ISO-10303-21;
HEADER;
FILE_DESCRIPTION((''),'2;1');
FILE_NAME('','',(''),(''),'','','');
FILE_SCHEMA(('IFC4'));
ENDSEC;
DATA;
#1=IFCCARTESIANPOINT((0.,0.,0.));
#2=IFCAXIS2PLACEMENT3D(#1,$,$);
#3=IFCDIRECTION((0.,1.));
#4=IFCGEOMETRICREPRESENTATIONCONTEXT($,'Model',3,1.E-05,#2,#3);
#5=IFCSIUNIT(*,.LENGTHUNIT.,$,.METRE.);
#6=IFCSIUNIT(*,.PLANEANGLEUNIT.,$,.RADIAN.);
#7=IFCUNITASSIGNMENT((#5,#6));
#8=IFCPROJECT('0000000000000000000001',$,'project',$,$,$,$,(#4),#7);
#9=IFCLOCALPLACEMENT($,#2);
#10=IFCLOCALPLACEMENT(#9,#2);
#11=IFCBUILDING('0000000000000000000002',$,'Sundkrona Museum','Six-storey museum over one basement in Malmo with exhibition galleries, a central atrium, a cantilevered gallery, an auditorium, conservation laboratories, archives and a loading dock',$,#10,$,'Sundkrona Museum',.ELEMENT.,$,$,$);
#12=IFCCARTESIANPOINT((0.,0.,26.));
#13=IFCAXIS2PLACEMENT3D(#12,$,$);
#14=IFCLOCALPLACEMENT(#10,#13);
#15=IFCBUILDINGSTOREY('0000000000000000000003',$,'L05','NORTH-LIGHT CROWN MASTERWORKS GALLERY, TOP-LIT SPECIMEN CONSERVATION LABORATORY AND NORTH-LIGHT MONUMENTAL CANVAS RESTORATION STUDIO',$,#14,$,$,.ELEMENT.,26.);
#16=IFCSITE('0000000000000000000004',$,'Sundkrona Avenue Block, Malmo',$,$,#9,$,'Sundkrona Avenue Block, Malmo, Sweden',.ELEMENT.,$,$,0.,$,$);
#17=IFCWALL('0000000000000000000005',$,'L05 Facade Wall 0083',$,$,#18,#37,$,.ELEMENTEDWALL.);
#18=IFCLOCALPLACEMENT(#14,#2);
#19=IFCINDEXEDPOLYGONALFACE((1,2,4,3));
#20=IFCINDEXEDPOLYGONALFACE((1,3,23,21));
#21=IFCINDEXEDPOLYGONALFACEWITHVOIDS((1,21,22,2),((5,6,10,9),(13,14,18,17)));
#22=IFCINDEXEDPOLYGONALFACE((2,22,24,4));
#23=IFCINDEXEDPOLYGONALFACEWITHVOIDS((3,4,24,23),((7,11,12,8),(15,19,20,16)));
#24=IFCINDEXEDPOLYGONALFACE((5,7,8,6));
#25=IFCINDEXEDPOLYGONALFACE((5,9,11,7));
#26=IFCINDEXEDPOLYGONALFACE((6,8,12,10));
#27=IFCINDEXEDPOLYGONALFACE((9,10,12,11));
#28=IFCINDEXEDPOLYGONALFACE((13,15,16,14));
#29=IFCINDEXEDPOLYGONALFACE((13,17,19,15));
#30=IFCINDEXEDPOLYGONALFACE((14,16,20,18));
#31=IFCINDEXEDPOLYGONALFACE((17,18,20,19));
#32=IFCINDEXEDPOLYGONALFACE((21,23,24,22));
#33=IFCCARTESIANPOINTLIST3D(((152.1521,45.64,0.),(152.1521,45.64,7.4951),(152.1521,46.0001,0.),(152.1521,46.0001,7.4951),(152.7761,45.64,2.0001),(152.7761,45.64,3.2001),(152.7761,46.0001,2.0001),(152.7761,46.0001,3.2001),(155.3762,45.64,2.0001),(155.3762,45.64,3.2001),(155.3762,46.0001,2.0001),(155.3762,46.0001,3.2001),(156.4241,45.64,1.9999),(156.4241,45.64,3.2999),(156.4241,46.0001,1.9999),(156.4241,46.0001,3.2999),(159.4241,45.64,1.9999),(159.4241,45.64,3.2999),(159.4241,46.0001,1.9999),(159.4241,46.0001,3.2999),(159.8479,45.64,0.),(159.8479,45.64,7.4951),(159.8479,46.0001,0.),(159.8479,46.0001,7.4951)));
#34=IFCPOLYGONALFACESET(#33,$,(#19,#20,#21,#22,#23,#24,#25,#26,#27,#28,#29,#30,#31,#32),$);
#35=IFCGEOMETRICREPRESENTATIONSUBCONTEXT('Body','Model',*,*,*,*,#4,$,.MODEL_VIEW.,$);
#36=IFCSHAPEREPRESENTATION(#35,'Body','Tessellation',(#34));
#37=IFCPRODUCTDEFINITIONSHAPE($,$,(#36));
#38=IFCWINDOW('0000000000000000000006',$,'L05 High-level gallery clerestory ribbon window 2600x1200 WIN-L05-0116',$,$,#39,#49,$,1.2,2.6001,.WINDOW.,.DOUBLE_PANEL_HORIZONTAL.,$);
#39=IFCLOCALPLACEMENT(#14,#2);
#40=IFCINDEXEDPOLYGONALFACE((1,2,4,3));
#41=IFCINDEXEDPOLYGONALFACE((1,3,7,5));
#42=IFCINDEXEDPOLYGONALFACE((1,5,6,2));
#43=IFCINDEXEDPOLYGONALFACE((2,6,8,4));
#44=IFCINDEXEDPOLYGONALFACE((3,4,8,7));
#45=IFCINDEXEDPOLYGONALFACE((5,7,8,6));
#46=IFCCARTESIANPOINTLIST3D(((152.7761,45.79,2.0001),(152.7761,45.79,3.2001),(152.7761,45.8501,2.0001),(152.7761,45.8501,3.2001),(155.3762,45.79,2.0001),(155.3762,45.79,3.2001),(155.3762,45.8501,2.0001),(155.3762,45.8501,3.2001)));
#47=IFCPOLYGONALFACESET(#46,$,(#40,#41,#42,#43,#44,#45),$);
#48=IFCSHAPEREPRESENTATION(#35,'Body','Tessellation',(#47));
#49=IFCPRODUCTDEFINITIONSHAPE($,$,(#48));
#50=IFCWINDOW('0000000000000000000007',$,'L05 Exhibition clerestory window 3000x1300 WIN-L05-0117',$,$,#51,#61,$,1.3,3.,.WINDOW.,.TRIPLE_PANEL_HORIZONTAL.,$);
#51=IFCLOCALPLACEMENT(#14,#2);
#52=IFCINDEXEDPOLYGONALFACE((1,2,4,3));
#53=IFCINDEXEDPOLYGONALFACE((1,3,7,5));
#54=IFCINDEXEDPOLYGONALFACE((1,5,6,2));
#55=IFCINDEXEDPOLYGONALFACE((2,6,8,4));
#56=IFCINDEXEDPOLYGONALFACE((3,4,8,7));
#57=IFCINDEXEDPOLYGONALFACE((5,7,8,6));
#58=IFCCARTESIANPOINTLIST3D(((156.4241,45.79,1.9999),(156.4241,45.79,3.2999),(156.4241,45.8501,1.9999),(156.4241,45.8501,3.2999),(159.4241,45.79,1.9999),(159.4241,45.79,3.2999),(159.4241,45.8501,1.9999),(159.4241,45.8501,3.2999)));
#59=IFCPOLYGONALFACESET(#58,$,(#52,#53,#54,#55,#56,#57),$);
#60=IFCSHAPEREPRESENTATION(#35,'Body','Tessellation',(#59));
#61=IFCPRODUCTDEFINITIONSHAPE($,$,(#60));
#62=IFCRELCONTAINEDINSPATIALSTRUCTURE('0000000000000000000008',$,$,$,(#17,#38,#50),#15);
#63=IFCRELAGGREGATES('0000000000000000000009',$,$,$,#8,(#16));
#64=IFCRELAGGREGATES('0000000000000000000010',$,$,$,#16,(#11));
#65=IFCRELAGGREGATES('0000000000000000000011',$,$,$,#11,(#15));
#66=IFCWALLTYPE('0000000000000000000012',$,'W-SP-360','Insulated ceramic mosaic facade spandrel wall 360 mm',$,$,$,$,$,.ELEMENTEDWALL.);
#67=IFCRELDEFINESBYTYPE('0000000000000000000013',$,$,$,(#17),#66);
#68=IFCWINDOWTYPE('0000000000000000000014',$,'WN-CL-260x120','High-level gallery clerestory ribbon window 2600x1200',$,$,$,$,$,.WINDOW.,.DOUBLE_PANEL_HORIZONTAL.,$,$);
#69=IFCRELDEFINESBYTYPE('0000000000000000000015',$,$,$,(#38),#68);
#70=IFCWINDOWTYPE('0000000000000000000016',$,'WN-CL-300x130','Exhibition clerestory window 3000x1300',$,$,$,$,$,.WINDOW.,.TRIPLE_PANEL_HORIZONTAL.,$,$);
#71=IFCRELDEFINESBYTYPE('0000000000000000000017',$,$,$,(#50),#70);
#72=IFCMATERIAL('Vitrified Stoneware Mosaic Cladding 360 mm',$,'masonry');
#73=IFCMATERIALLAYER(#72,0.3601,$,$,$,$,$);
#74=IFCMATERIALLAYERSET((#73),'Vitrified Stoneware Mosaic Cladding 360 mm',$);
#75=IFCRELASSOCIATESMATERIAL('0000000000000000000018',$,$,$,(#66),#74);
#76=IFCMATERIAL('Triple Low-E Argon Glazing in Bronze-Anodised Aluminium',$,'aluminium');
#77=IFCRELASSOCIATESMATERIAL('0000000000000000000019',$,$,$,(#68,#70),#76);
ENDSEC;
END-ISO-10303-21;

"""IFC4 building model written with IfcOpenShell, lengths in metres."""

from ifc_helpers import new_model, si_unit, direction, frame, frame_2d, origin, place, context, subcontext, project, spatial, rectangle, extrude, material, layer, layer_set, type_object, element, fill, save


model = new_model("IFC4")

# Units and contexts
model_context = context("Model", 3, precision=1e-05, world=origin(), true_north=direction((0.0, 1.0)))
body_context = subcontext(model_context, "Body", "Model", "MODEL_VIEW")
ifc_project = project(units=[si_unit("LENGTHUNIT", "METRE"), si_unit("PLANEANGLEUNIT", "RADIAN")], contexts=[model_context])

# Site, building, storey
site_placement = place(None, origin())
site = spatial("IfcSite", under=ifc_project, at=site_placement, Name="Sundkrona Avenue Block, Malmo", LongName="Sundkrona Avenue Block, Malmo, Sweden", CompositionType="ELEMENT", RefElevation=0.0)
building_placement = place(site_placement, origin())
building = spatial("IfcBuilding", under=site, at=building_placement, Name="Sundkrona Museum", Description="Six-storey museum over one basement in Malmo with exhibition galleries, a central atrium, a cantilevered gallery, an auditorium, conservation laboratories, archives and a loading dock", LongName="Sundkrona Museum", CompositionType="ELEMENT")
storey_placement = place(building_placement, frame((0.0, 0.0, 26.0)))
storey = spatial("IfcBuildingStorey", under=building, at=storey_placement, Name="L05", Description="NORTH-LIGHT CROWN MASTERWORKS GALLERY, TOP-LIT SPECIMEN CONSERVATION LABORATORY AND NORTH-LIGHT MONUMENTAL CANVAS RESTORATION STUDIO", CompositionType="ELEMENT", Elevation=26.0)

# Wall, openings, windows
ifc_material_1 = material(Name="Vitrified Stoneware Mosaic Cladding 360 mm", Category="masonry")
ifc_layer_1 = layer(ifc_material_1, 0.3601)
ifc_layer_set_1 = layer_set([ifc_layer_1], Name="Vitrified Stoneware Mosaic Cladding 360 mm")
wall_type_1 = type_object("IfcWallType", Name="W-SP-360", Description="Insulated ceramic mosaic facade spandrel wall 360 mm", PredefinedType="ELEMENTEDWALL", material=ifc_layer_set_1)
wall_1_placement = place(storey_placement, frame((152.1521, 45.8201, 0.0), z_axis=(0.0, 0.0, 1.0), x_axis=(1.0, 0.0, 0.0)))
wall_1 = element("IfcWall", 1, at=wall_1_placement, inside=storey, type_object=wall_type_1, Name="L05 Facade Wall 0083", PredefinedType="ELEMENTEDWALL", context=body_context, shape_type="SweptSolid", body=[
    extrude(rectangle(XDim=7.6958, YDim=0.3601, at=frame_2d((3.8479, 0.0))), origin(), (0.0, 0.0, 1.0), 7.4951),
])
opening_1_placement = place(wall_1_placement, frame((0.624, 0.0, 2.0)))
opening_1 = element("IfcOpeningElement", 2, at=opening_1_placement, cuts=wall_1, PredefinedType="OPENING", context=body_context, shape_type="SweptSolid", body=[
    extrude(rectangle(XDim=2.6001, YDim=1.2, at=frame_2d((1.3, 0.6001))), frame((0.0, 0.1899, 0.0), z_axis=(0.0, -1.0, 0.0), x_axis=(1.0, 0.0, 0.0)), (0.0, 0.0, 1.0), 0.3801),
])
opening_2_placement = place(wall_1_placement, frame((4.272, 0.0, 2.0)))
opening_2 = element("IfcOpeningElement", 3, at=opening_2_placement, cuts=wall_1, PredefinedType="OPENING", context=body_context, shape_type="SweptSolid", body=[
    extrude(rectangle(XDim=3.0, YDim=1.3, at=frame_2d((1.5, 0.6499))), frame((0.0, 0.1899, 0.0), z_axis=(0.0, -1.0, 0.0), x_axis=(1.0, 0.0, 0.0)), (0.0, 0.0, 1.0), 0.3801),
])
ifc_material_2 = material(Name="Triple Low-E Argon Glazing in Bronze-Anodised Aluminium", Category="aluminium")
window_type_1 = type_object("IfcWindowType", Name="WN-CL-260x120", Description="High-level gallery clerestory ribbon window 2600x1200", PartitioningType="DOUBLE_PANEL_HORIZONTAL", PredefinedType="WINDOW", material=ifc_material_2)
window_1_placement = place(opening_1_placement, origin())
window_1 = element("IfcWindow", 4, at=window_1_placement, inside=storey, type_object=window_type_1, Name="L05 High-level gallery clerestory ribbon window 2600x1200 WIN-L05-0116", OverallHeight=1.2, OverallWidth=2.6001, PartitioningType="DOUBLE_PANEL_HORIZONTAL", PredefinedType="WINDOW", context=body_context, shape_type="SweptSolid", body=[
    extrude(rectangle(XDim=2.6001, YDim=1.2, at=frame_2d((1.3, 0.6001))), frame((0.0, 0.03, 0.0), z_axis=(0.0, -1.0, 0.0), x_axis=(1.0, 0.0, 0.0)), (0.0, 0.0, 1.0), 0.0601),
])
fill(opening_1, window_1)
window_type_2 = type_object("IfcWindowType", Name="WN-CL-300x130", Description="Exhibition clerestory window 3000x1300", PartitioningType="TRIPLE_PANEL_HORIZONTAL", PredefinedType="WINDOW", material=ifc_material_2)
window_2_placement = place(opening_2_placement, origin())
window_2 = element("IfcWindow", 5, at=window_2_placement, inside=storey, type_object=window_type_2, Name="L05 Exhibition clerestory window 3000x1300 WIN-L05-0117", OverallHeight=1.3, OverallWidth=3.0, PartitioningType="TRIPLE_PANEL_HORIZONTAL", PredefinedType="WINDOW", context=body_context, shape_type="SweptSolid", body=[
    extrude(rectangle(XDim=3.0, YDim=1.3, at=frame_2d((1.5, 0.6499))), frame((0.0, 0.03, 0.0), z_axis=(0.0, -1.0, 0.0), x_axis=(1.0, 0.0, 0.0)), (0.0, 0.0, 1.0), 0.0601),
])
fill(opening_2, window_2)

save(model, "model.ifc")
